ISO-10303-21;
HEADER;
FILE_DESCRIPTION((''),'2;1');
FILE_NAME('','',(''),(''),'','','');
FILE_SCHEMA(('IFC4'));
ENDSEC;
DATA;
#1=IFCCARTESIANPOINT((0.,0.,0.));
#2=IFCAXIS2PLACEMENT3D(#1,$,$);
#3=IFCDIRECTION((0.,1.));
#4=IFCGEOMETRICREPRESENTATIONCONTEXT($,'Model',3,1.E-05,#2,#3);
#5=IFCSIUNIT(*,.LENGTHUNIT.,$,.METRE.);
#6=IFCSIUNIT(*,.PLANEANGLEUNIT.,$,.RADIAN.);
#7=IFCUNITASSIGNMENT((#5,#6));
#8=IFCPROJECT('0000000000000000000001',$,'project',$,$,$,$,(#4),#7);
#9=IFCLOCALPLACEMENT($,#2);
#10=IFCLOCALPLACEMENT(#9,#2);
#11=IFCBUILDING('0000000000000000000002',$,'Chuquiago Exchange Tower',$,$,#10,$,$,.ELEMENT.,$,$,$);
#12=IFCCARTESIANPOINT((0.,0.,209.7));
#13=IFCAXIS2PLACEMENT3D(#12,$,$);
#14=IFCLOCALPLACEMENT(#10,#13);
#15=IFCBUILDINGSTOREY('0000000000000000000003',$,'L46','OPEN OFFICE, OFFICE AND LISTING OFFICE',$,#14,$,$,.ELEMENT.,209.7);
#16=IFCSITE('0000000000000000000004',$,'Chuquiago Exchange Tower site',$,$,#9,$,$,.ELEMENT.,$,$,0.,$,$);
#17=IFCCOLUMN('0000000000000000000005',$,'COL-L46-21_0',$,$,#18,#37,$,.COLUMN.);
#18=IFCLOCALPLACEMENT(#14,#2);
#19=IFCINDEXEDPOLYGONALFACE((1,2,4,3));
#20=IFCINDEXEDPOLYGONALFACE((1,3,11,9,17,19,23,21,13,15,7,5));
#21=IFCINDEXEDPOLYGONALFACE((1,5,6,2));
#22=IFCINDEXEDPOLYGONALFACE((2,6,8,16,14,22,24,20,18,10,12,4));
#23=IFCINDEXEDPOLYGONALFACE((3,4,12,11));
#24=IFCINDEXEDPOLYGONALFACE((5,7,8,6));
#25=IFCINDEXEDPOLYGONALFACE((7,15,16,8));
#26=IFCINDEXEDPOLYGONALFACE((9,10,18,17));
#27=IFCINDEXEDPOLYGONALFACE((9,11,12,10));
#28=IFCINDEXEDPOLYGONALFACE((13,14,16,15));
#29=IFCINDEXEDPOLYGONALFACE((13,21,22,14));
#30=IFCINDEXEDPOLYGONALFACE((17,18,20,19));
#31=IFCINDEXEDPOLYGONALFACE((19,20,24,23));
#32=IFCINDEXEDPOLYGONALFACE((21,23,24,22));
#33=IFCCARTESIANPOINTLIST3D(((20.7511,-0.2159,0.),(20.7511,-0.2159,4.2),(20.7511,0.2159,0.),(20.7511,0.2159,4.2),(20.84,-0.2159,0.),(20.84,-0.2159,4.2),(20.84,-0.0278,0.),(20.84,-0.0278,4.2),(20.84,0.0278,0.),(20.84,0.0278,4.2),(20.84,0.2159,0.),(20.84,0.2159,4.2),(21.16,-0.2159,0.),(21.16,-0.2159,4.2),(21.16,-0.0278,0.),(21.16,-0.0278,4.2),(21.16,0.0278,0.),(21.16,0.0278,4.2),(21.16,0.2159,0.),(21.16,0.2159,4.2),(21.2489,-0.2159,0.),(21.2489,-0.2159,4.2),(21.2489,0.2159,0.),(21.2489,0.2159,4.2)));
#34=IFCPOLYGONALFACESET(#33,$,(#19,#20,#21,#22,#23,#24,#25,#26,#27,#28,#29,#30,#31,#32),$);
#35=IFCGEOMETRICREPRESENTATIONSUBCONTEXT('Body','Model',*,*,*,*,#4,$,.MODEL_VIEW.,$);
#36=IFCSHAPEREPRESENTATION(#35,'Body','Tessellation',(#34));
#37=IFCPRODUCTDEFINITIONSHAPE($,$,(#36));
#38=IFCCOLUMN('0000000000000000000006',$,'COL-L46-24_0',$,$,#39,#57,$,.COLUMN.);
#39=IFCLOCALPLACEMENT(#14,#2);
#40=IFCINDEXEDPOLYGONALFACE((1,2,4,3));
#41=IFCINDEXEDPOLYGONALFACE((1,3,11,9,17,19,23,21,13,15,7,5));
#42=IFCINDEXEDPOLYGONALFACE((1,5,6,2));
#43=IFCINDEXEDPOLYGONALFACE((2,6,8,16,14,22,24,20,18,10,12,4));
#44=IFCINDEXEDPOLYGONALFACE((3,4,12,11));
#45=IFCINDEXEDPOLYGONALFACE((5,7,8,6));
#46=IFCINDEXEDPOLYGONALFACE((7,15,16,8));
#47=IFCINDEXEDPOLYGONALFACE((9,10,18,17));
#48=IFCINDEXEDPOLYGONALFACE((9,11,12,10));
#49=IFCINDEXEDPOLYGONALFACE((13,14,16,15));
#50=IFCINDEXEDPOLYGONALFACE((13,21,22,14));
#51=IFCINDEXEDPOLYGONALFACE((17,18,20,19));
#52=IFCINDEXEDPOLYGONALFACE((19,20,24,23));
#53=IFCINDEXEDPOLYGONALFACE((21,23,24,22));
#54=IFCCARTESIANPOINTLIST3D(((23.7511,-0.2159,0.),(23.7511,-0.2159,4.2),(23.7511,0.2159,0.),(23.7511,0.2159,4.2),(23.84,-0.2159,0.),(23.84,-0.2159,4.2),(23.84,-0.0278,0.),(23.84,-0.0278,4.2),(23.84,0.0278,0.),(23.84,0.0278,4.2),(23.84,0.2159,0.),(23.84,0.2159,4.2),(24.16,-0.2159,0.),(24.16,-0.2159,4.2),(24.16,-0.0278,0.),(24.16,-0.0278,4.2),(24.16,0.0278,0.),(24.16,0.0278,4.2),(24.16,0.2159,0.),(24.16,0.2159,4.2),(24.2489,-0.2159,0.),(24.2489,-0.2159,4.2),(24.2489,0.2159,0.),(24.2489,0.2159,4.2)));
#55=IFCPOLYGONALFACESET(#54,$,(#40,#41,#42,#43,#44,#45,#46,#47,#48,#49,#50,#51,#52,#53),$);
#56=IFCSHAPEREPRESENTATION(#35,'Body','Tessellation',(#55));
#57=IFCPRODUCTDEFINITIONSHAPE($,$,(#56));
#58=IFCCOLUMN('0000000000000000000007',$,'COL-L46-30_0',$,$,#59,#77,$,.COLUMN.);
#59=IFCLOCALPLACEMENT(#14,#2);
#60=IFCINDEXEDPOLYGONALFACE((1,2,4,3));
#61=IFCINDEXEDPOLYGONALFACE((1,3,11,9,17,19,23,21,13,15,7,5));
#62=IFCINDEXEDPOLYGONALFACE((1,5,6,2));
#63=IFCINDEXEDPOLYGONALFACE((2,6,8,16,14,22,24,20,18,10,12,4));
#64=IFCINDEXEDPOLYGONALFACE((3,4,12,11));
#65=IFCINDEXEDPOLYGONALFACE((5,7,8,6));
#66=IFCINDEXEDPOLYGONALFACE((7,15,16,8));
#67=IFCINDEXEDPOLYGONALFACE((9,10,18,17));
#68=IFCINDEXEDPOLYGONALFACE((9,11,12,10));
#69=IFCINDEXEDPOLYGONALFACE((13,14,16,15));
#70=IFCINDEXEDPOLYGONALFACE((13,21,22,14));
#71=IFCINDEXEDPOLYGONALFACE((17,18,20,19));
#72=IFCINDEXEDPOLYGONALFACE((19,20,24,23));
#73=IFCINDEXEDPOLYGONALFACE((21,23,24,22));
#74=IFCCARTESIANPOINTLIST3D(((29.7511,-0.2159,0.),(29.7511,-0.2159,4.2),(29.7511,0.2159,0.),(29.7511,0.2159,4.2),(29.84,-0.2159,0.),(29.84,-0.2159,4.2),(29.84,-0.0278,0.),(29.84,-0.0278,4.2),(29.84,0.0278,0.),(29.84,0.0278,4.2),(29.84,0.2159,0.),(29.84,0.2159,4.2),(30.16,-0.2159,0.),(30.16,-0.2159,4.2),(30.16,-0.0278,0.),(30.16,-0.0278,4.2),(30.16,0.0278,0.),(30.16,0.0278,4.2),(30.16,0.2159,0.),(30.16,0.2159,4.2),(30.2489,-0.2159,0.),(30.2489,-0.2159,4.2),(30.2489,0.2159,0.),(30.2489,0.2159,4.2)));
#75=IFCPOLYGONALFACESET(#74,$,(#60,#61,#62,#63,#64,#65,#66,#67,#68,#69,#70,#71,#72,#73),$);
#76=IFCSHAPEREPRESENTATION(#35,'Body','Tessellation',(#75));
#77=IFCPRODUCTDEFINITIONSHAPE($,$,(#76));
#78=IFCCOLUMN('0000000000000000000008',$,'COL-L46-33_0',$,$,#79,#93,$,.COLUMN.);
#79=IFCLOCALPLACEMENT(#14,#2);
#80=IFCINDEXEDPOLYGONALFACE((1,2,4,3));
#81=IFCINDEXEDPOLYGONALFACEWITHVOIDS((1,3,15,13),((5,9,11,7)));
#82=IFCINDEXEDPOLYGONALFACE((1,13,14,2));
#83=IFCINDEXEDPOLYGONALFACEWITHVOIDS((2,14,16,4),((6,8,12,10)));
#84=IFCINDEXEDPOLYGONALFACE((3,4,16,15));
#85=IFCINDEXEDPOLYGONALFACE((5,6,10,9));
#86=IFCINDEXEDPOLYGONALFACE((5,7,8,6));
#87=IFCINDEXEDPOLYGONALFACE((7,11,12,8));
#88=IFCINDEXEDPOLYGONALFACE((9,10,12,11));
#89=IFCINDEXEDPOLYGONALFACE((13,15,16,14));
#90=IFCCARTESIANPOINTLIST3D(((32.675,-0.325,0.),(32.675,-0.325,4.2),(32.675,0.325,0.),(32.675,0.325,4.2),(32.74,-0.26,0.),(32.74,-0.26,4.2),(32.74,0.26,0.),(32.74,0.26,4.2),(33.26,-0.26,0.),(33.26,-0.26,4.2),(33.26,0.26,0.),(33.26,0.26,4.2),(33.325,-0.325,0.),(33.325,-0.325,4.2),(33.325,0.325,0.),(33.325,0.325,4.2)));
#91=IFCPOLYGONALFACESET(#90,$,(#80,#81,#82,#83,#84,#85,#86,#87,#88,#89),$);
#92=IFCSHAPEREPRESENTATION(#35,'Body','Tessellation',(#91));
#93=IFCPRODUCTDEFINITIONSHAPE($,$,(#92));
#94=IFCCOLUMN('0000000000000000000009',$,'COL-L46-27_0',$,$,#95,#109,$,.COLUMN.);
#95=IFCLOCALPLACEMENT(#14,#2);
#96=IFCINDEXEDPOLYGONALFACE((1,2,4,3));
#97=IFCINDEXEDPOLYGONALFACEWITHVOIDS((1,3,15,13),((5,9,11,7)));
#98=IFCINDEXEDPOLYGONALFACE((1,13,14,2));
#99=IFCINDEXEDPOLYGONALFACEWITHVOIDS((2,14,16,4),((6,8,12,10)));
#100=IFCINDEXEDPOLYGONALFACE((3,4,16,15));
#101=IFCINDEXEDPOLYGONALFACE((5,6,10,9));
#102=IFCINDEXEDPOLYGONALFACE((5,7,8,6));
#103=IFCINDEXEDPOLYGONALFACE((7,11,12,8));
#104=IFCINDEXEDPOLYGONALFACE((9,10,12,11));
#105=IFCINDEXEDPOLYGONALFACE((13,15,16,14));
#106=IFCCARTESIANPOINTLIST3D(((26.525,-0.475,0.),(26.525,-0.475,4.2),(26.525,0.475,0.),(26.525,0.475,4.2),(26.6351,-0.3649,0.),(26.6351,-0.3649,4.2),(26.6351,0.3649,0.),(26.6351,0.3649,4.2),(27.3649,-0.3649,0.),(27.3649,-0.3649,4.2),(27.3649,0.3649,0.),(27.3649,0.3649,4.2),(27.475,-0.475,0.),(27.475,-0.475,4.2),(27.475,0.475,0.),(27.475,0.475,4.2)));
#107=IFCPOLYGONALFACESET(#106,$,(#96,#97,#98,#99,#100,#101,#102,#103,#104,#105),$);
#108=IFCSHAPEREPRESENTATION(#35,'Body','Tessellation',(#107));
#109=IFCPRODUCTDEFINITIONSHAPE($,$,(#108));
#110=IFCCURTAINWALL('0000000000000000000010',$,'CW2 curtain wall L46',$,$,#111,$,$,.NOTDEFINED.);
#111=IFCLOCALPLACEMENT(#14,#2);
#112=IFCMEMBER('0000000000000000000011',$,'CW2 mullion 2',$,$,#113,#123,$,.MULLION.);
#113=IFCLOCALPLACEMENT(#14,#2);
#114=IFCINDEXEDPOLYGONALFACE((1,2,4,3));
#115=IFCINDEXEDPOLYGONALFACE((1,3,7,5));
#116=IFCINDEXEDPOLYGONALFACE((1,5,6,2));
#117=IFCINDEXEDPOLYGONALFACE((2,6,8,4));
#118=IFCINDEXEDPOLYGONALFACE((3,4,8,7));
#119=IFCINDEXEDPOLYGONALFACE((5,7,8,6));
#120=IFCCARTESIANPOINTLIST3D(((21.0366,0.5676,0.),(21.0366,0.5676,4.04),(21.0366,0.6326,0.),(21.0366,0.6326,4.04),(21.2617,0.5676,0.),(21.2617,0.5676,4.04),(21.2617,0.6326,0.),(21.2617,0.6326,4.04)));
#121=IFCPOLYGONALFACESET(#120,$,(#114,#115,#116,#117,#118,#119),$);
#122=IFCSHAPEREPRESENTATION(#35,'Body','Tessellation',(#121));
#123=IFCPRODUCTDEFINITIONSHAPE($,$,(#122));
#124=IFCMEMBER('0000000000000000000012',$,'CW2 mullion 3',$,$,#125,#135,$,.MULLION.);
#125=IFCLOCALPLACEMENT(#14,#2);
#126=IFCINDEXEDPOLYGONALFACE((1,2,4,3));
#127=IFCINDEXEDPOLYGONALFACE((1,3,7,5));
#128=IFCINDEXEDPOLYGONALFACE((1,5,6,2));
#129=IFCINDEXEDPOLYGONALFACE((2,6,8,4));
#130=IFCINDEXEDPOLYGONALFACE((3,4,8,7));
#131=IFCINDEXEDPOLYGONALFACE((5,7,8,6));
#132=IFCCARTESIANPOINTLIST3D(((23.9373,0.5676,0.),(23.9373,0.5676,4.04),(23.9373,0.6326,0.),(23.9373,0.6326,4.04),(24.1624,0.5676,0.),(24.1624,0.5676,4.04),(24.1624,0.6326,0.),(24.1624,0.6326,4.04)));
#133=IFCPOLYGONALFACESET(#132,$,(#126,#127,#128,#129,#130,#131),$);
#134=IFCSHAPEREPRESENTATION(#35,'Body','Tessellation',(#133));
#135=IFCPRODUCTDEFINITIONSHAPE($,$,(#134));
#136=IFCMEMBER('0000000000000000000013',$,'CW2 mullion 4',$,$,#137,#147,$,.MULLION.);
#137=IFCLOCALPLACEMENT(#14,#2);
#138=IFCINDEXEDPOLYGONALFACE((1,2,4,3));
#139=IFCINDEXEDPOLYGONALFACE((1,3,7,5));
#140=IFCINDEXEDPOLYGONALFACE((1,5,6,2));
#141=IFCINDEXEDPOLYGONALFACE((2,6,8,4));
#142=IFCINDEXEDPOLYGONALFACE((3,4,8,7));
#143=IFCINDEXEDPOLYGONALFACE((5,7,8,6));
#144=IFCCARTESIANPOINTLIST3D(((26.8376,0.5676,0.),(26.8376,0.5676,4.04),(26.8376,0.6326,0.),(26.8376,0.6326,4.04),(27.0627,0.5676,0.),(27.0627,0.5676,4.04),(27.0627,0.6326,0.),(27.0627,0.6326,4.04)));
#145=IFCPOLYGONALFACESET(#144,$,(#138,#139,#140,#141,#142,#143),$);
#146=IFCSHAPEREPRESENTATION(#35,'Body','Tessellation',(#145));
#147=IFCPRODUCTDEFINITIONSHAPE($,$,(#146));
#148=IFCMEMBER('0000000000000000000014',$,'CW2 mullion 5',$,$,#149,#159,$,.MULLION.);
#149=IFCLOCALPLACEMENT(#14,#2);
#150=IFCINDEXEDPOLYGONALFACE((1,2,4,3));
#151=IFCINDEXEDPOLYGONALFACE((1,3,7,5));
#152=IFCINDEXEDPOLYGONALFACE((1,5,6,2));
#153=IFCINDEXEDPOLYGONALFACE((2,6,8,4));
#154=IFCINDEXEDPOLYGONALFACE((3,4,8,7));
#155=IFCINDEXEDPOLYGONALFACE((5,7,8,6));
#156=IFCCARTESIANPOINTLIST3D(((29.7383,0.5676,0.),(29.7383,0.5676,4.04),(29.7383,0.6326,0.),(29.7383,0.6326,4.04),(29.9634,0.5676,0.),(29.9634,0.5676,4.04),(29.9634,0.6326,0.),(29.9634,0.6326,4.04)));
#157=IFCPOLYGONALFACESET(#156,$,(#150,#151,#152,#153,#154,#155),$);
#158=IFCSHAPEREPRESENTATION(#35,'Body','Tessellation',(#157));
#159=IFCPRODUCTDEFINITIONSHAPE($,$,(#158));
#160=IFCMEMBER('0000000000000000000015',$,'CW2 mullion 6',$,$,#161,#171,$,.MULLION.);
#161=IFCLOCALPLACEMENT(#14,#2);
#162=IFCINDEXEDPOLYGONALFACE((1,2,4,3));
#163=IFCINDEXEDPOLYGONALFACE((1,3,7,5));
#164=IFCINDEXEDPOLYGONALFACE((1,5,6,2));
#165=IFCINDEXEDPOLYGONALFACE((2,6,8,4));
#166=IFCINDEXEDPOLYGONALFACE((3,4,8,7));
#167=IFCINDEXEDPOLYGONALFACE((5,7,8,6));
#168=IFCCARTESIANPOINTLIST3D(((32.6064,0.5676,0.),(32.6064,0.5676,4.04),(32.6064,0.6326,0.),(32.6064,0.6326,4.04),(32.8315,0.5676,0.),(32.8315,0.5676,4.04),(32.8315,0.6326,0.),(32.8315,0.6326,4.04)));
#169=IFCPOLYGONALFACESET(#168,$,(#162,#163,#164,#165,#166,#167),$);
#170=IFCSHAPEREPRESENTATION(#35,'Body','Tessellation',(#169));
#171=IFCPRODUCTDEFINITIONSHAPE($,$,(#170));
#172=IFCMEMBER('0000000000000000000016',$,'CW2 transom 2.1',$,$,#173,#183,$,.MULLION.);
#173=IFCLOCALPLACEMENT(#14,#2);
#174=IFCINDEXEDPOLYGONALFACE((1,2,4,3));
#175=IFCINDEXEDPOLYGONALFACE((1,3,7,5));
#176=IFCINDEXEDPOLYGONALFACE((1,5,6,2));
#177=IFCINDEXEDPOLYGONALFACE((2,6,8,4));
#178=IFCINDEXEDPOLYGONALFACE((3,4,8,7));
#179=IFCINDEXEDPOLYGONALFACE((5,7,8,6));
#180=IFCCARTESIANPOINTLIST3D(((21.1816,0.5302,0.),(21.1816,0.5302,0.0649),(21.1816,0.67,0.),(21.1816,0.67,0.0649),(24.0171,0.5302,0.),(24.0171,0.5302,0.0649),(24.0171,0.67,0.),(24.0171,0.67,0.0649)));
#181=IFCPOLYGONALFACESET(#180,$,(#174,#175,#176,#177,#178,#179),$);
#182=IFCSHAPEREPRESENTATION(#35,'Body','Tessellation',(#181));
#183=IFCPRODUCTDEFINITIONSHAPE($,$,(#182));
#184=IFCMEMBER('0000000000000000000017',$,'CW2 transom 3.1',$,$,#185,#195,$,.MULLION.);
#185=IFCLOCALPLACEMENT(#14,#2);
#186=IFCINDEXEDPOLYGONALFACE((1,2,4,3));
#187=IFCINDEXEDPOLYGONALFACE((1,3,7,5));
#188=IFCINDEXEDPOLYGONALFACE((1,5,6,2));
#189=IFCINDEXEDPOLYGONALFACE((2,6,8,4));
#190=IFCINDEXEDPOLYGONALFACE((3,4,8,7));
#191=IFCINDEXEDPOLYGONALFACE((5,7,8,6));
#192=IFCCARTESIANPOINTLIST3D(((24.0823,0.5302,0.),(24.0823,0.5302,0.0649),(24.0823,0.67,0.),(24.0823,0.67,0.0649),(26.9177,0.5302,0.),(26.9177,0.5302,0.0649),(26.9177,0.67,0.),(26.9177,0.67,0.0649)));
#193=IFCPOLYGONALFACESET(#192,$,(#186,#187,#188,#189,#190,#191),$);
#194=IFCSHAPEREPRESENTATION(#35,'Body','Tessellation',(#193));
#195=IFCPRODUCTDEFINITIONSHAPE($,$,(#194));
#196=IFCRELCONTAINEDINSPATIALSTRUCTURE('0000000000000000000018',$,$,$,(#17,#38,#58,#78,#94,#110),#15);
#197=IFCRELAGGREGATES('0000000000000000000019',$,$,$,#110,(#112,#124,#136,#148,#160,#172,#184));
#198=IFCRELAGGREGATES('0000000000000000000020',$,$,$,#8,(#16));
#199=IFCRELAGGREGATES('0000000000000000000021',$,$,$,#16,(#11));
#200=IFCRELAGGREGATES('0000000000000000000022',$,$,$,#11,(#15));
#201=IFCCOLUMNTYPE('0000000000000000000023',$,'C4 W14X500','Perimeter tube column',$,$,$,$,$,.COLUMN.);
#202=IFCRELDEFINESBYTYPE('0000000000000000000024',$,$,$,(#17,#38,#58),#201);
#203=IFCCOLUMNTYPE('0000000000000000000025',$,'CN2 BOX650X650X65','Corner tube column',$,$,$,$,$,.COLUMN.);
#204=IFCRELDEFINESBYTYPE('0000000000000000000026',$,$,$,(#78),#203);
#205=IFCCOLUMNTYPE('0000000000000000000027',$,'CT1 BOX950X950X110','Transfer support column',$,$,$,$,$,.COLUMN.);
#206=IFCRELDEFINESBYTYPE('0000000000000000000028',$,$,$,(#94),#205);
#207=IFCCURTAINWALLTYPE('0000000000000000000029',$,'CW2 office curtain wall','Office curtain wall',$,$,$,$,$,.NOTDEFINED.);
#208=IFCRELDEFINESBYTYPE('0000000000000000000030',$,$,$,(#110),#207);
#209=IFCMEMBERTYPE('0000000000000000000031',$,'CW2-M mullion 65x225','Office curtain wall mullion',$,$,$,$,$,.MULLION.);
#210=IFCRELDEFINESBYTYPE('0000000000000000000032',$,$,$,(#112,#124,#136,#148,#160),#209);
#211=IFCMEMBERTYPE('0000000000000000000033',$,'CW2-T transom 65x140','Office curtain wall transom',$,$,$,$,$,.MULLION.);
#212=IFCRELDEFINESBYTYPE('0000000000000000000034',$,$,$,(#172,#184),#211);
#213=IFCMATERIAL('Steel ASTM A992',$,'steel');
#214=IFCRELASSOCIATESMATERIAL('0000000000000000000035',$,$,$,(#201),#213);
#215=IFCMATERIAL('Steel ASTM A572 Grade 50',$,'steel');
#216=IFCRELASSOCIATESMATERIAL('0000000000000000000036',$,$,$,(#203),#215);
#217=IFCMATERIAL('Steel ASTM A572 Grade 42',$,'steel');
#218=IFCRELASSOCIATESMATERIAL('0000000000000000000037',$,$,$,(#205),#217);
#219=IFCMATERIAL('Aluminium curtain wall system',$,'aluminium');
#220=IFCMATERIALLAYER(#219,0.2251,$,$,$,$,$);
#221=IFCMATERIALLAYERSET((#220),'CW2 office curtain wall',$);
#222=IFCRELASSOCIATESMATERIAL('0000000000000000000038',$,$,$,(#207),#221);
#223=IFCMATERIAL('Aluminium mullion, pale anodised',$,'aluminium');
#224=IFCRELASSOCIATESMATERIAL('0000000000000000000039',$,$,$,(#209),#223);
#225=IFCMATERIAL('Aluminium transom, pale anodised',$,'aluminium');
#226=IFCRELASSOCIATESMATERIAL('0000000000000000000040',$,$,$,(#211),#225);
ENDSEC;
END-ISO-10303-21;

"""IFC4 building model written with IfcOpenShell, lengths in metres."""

from ifc_helpers import new_model, si_unit, direction, frame, origin, origin_2d, place, context, subcontext, project, spatial, rectangle, hollow_rectangle, i_section, extrude, material, layer, layer_set, material_profile, profile_set, type_object, element, aggregate, save


model = new_model("IFC4")

# Units and contexts
model_context = context("Model", 3, precision=1e-05, world=origin(), true_north=direction((0.0, 1.0)))
body_context = subcontext(model_context, "Body", "Model", "MODEL_VIEW")
ifc_project = project(units=[si_unit("LENGTHUNIT", "METRE"), si_unit("PLANEANGLEUNIT", "RADIAN")], contexts=[model_context])

# Site, building, storey
site_placement = place(None, origin())
site = spatial("IfcSite", under=ifc_project, at=site_placement, Name="Chuquiago Exchange Tower site", CompositionType="ELEMENT", RefElevation=0.0)
building_placement = place(site_placement, origin())
building = spatial("IfcBuilding", under=site, at=building_placement, Name="Chuquiago Exchange Tower", CompositionType="ELEMENT")
storey_placement = place(building_placement, frame((0.0, 0.0, 209.7)))
storey = spatial("IfcBuildingStorey", under=building, at=storey_placement, Name="L46", Description="OPEN OFFICE, OFFICE AND LISTING OFFICE", CompositionType="ELEMENT", Elevation=209.7)

# Columns
ifc_material_1 = material(Name="Steel ASTM A992", Category="steel")
ifc_material_profile_1 = material_profile(ifc_material_1, i_section(OverallWidth=0.4319, OverallDepth=0.4978, WebThickness=0.0557, FlangeThickness=0.0889, at=origin_2d()), Name="W14X500")
ifc_profile_set_1 = profile_set([ifc_material_profile_1], Name="Steel ASTM A992")
column_type_1 = type_object("IfcColumnType", Name="C4 W14X500", Description="Perimeter tube column", PredefinedType="COLUMN", material=ifc_profile_set_1)
for number, where, z_axis, x_axis, name in (
    (1, (21.0, 0.0, 0.0), (0.0, 0.0, 1.0), (0.0, -1.0, 0.0), "COL-L46-21_0"),
    (2, (24.0, 0.0, 0.0), (0.0, 0.0, 1.0), (0.0, -1.0, 0.0), "COL-L46-24_0"),
    (3, (30.0, 0.0, 0.0), (0.0, 0.0, 1.0), (0.0, -1.0, 0.0), "COL-L46-30_0"),
):
    element("IfcColumn", number, at=place(storey_placement, frame(where, z_axis=z_axis, x_axis=x_axis)), inside=storey, type_object=column_type_1, Name=name, PredefinedType="COLUMN", context=body_context, shape_type="SweptSolid", body=[
        extrude(i_section(OverallWidth=0.4319, OverallDepth=0.4978, WebThickness=0.0557, FlangeThickness=0.0889, at=origin_2d()), origin(), (0.0, 0.0, 1.0), 4.2),
    ])
ifc_material_2 = material(Name="Steel ASTM A572 Grade 50", Category="steel")
ifc_material_profile_2 = material_profile(ifc_material_2, hollow_rectangle(XDim=0.6499, YDim=0.6499, WallThickness=0.0649, at=origin_2d()), Name="BOX650X650X65")
ifc_profile_set_2 = profile_set([ifc_material_profile_2], Name="Steel ASTM A572 Grade 50")
column_type_2 = type_object("IfcColumnType", Name="CN2 BOX650X650X65", Description="Corner tube column", PredefinedType="COLUMN", material=ifc_profile_set_2)
column_1_placement = place(storey_placement, frame((33.0, 0.0, 0.0), z_axis=(0.0, 0.0, 1.0), x_axis=(0.0, -1.0, 0.0)))
element("IfcColumn", 4, at=column_1_placement, inside=storey, type_object=column_type_2, Name="COL-L46-33_0", PredefinedType="COLUMN", context=body_context, shape_type="SweptSolid", body=[
    extrude(hollow_rectangle(XDim=0.6499, YDim=0.6499, WallThickness=0.0649, at=origin_2d()), origin(), (0.0, 0.0, 1.0), 4.2),
])
ifc_material_3 = material(Name="Steel ASTM A572 Grade 42", Category="steel")
ifc_material_profile_3 = material_profile(ifc_material_3, hollow_rectangle(XDim=0.95, YDim=0.95, WallThickness=0.1101, at=origin_2d()), Name="BOX950X950X110")
ifc_profile_set_3 = profile_set([ifc_material_profile_3], Name="Steel ASTM A572 Grade 42")
column_type_3 = type_object("IfcColumnType", Name="CT1 BOX950X950X110", Description="Transfer support column", PredefinedType="COLUMN", material=ifc_profile_set_3)
column_2_placement = place(storey_placement, frame((27.0, 0.0, 0.0), z_axis=(0.0, 0.0, 1.0), x_axis=(0.0, -1.0, 0.0)))
element("IfcColumn", 5, at=column_2_placement, inside=storey, type_object=column_type_3, Name="COL-L46-27_0", PredefinedType="COLUMN", context=body_context, shape_type="SweptSolid", body=[
    extrude(hollow_rectangle(XDim=0.95, YDim=0.95, WallThickness=0.1101, at=origin_2d()), origin(), (0.0, 0.0, 1.0), 4.2),
])

# Curtain wall, members
ifc_material_4 = material(Name="Aluminium curtain wall system", Category="aluminium")
ifc_layer_1 = layer(ifc_material_4, 0.2251)
ifc_layer_set_1 = layer_set([ifc_layer_1], Name="CW2 office curtain wall")
curtain_wall_type_1 = type_object("IfcCurtainWallType", Name="CW2 office curtain wall", Description="Office curtain wall", PredefinedType="NOTDEFINED", material=ifc_layer_set_1)
curtain_wall_1_placement = place(storey_placement, origin())
curtain_wall_1 = element("IfcCurtainWall", 6, at=curtain_wall_1_placement, inside=storey, type_object=curtain_wall_type_1, Name="CW2 curtain wall L46", PredefinedType="NOTDEFINED")
ifc_material_5 = material(Name="Aluminium mullion, pale anodised", Category="aluminium")
ifc_material_profile_4 = material_profile(ifc_material_5, rectangle(XDim=0.0649, YDim=0.2251, at=origin_2d()), Name="AL 65x225")
ifc_profile_set_4 = profile_set([ifc_material_profile_4], Name="Aluminium mullion, pale anodised")
member_type_1 = type_object("IfcMemberType", Name="CW2-M mullion 65x225", Description="Office curtain wall mullion", PredefinedType="MULLION", material=ifc_profile_set_4)
member_1_placement = place(storey_placement, frame((21.1492, 0.6001, 0.0), z_axis=(0.0, 0.0, 1.0), x_axis=(0.0, 1.0, 0.0)))
member_1 = element("IfcMember", 7, at=member_1_placement, type_object=member_type_1, Name="CW2 mullion 2", PredefinedType="MULLION", context=body_context, shape_type="SweptSolid", body=[
    extrude(rectangle(XDim=0.0649, YDim=0.2251, at=origin_2d()), origin(), (0.0, 0.0, 1.0), 4.04),
])
member_2_placement = place(storey_placement, frame((24.0498, 0.6001, 0.0), z_axis=(0.0, 0.0, 1.0), x_axis=(0.0, 1.0, 0.0)))
member_2 = element("IfcMember", 8, at=member_2_placement, type_object=member_type_1, Name="CW2 mullion 3", PredefinedType="MULLION", context=body_context, shape_type="SweptSolid", body=[
    extrude(rectangle(XDim=0.0649, YDim=0.2251, at=origin_2d()), origin(), (0.0, 0.0, 1.0), 4.04),
])
member_3_placement = place(storey_placement, frame((26.9502, 0.6001, 0.0), z_axis=(0.0, 0.0, 1.0), x_axis=(0.0, 1.0, 0.0)))
member_3 = element("IfcMember", 9, at=member_3_placement, type_object=member_type_1, Name="CW2 mullion 4", PredefinedType="MULLION", context=body_context, shape_type="SweptSolid", body=[
    extrude(rectangle(XDim=0.0649, YDim=0.2251, at=origin_2d()), origin(), (0.0, 0.0, 1.0), 4.04),
])
member_4_placement = place(storey_placement, frame((29.8508, 0.6001, 0.0), z_axis=(0.0, 0.0, 1.0), x_axis=(0.0, 1.0, 0.0)))
member_4 = element("IfcMember", 10, at=member_4_placement, type_object=member_type_1, Name="CW2 mullion 5", PredefinedType="MULLION", context=body_context, shape_type="SweptSolid", body=[
    extrude(rectangle(XDim=0.0649, YDim=0.2251, at=origin_2d()), origin(), (0.0, 0.0, 1.0), 4.04),
])
member_5_placement = place(storey_placement, frame((32.719, 0.6001, 0.0), z_axis=(0.0, 0.0, 1.0), x_axis=(0.0, 1.0, 0.0)))
member_5 = element("IfcMember", 11, at=member_5_placement, type_object=member_type_1, Name="CW2 mullion 6", PredefinedType="MULLION", context=body_context, shape_type="SweptSolid", body=[
    extrude(rectangle(XDim=0.0649, YDim=0.2251, at=origin_2d()), origin(), (0.0, 0.0, 1.0), 4.04),
])
ifc_material_6 = material(Name="Aluminium transom, pale anodised", Category="aluminium")
ifc_material_profile_5 = material_profile(ifc_material_6, rectangle(XDim=0.1399, YDim=0.0649, at=origin_2d()), Name="AL 140x65")
ifc_profile_set_5 = profile_set([ifc_material_profile_5], Name="Aluminium transom, pale anodised")
member_type_2 = type_object("IfcMemberType", Name="CW2-T transom 65x140", Description="Office curtain wall transom", PredefinedType="MULLION", material=ifc_profile_set_5)
member_6_placement = place(storey_placement, frame((21.1816, 0.6001, 0.0325), z_axis=(1.0, 0.0, 0.0), x_axis=(0.0, 1.0, 0.0)))
member_6 = element("IfcMember", 12, at=member_6_placement, type_object=member_type_2, Name="CW2 transom 2.1", PredefinedType="MULLION", context=body_context, shape_type="SweptSolid", body=[
    extrude(rectangle(XDim=0.1399, YDim=0.0649, at=origin_2d()), origin(), (0.0, 0.0, 1.0), 2.8354),
])
member_7_placement = place(storey_placement, frame((24.0823, 0.6001, 0.0325), z_axis=(1.0, 0.0, 0.0), x_axis=(0.0, 1.0, 0.0)))
member_7 = element("IfcMember", 13, at=member_7_placement, type_object=member_type_2, Name="CW2 transom 3.1", PredefinedType="MULLION", context=body_context, shape_type="SweptSolid", body=[
    extrude(rectangle(XDim=0.1399, YDim=0.0649, at=origin_2d()), origin(), (0.0, 0.0, 1.0), 2.8354),
])

aggregate(curtain_wall_1, [member_1, member_2, member_3, member_4, member_5, member_6, member_7])

save(model, "model.ifc")
